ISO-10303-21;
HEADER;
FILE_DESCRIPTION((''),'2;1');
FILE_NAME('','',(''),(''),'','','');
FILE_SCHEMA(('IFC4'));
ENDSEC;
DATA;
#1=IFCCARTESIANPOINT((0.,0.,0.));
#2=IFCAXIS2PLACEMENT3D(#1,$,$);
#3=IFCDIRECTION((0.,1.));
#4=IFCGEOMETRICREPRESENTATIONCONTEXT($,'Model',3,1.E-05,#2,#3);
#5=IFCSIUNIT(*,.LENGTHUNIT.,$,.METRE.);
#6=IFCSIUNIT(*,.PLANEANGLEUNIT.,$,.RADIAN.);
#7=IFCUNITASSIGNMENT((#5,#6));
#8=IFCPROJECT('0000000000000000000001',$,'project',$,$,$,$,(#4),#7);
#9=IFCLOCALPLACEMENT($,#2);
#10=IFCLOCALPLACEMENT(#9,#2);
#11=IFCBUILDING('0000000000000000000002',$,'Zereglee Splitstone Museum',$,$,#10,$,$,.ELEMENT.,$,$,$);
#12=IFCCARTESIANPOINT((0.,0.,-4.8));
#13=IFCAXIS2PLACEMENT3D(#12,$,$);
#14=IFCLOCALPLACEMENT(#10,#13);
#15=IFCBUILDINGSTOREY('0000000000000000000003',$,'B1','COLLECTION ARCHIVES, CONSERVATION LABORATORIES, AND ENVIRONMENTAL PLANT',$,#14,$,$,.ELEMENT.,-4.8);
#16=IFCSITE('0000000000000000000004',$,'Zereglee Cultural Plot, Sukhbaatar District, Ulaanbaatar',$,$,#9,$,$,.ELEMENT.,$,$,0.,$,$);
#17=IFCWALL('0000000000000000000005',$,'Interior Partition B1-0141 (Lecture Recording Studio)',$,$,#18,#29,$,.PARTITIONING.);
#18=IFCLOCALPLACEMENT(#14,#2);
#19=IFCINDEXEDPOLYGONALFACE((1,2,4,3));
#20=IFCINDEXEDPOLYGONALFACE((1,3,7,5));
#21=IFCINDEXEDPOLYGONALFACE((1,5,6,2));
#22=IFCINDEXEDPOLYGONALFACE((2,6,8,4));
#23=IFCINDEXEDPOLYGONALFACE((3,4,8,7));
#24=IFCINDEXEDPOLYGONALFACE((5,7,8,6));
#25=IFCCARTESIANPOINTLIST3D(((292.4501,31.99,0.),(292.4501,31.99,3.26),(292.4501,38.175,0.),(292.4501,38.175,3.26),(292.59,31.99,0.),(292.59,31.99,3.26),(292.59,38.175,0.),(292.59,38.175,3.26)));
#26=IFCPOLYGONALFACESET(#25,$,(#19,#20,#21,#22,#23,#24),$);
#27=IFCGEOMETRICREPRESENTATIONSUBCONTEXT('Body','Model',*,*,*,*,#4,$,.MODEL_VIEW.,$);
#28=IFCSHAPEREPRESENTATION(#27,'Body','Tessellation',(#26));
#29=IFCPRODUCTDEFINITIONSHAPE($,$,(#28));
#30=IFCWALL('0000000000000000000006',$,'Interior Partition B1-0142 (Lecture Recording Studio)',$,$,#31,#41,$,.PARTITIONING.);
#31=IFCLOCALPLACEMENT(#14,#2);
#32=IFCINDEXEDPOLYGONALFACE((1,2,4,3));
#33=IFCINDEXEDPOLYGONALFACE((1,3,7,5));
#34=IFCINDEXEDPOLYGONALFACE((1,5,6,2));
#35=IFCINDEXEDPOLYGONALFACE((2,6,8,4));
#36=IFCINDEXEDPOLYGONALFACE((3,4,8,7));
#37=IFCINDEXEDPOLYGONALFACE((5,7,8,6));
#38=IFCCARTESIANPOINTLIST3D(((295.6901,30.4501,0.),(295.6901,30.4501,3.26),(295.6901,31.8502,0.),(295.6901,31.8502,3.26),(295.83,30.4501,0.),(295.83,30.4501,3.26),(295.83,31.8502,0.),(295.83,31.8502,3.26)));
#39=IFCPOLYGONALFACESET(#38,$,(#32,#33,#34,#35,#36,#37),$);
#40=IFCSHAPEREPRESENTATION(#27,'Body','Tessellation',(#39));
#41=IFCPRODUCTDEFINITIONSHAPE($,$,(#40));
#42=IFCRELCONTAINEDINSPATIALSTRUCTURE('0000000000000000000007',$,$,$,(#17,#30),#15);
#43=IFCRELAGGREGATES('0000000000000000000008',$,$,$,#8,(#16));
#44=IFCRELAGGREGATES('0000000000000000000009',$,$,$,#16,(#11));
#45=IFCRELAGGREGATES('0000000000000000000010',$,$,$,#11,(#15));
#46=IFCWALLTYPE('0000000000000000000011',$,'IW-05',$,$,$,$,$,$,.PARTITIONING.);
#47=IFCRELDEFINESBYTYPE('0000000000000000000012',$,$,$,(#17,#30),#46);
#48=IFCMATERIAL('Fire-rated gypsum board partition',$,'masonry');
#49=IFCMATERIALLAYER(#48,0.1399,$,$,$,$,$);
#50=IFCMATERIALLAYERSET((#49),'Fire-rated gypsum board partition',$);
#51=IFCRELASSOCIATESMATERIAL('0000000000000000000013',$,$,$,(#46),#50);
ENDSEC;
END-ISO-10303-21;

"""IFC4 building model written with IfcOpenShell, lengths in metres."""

from ifc_helpers import new_model, si_unit, direction, frame, frame_2d, origin, place, context, subcontext, project, spatial, rectangle, extrude, material, layer, layer_set, type_object, element, save


model = new_model("IFC4")

# Units and contexts
model_context = context("Model", 3, precision=1e-05, world=origin(), true_north=direction((0.0, 1.0)))
body_context = subcontext(model_context, "Body", "Model", "MODEL_VIEW")
ifc_project = project(units=[si_unit("LENGTHUNIT", "METRE"), si_unit("PLANEANGLEUNIT", "RADIAN")], contexts=[model_context])

# Site, building, storey
site_placement = place(None, origin())
site = spatial("IfcSite", under=ifc_project, at=site_placement, Name="Zereglee Cultural Plot, Sukhbaatar District, Ulaanbaatar", CompositionType="ELEMENT", RefElevation=0.0)
building_placement = place(site_placement, origin())
building = spatial("IfcBuilding", under=site, at=building_placement, Name="Zereglee Splitstone Museum", CompositionType="ELEMENT")
storey_placement = place(building_placement, frame((0.0, 0.0, -4.8)))
storey = spatial("IfcBuildingStorey", under=building, at=storey_placement, Name="B1", Description="COLLECTION ARCHIVES, CONSERVATION LABORATORIES, AND ENVIRONMENTAL PLANT", CompositionType="ELEMENT", Elevation=-4.8)

# Walls
ifc_material_1 = material(Name="Fire-rated gypsum board partition", Category="masonry")
ifc_layer_1 = layer(ifc_material_1, 0.1399)
ifc_layer_set_1 = layer_set([ifc_layer_1], Name="Fire-rated gypsum board partition")
wall_type_1 = type_object("IfcWallType", Name="IW-05", PredefinedType="PARTITIONING", material=ifc_layer_set_1)
wall_1_placement = place(storey_placement, frame((292.52, 31.99, 0.0), z_axis=(0.0, 0.0, 1.0), x_axis=(0.0, 1.0, 0.0)))
element("IfcWall", 1, at=wall_1_placement, inside=storey, type_object=wall_type_1, Name="Interior Partition B1-0141 (Lecture Recording Studio)", PredefinedType="PARTITIONING", context=body_context, shape_type="SweptSolid", body=[
    extrude(rectangle(XDim=6.1851, YDim=0.1399, at=frame_2d((3.0925, 0.0))), origin(), (0.0, 0.0, 1.0), 3.26),
])
wall_2_placement = place(storey_placement, frame((295.76, 30.45, 0.0), z_axis=(0.0, 0.0, 1.0), x_axis=(0.0, 1.0, 0.0)))
element("IfcWall", 2, at=wall_2_placement, inside=storey, type_object=wall_type_1, Name="Interior Partition B1-0142 (Lecture Recording Studio)", PredefinedType="PARTITIONING", context=body_context, shape_type="SweptSolid", body=[
    extrude(rectangle(XDim=1.4001, YDim=0.1399, at=frame_2d((0.7002, 0.0))), origin(), (0.0, 0.0, 1.0), 3.26),
])

save(model, "model.ifc")
